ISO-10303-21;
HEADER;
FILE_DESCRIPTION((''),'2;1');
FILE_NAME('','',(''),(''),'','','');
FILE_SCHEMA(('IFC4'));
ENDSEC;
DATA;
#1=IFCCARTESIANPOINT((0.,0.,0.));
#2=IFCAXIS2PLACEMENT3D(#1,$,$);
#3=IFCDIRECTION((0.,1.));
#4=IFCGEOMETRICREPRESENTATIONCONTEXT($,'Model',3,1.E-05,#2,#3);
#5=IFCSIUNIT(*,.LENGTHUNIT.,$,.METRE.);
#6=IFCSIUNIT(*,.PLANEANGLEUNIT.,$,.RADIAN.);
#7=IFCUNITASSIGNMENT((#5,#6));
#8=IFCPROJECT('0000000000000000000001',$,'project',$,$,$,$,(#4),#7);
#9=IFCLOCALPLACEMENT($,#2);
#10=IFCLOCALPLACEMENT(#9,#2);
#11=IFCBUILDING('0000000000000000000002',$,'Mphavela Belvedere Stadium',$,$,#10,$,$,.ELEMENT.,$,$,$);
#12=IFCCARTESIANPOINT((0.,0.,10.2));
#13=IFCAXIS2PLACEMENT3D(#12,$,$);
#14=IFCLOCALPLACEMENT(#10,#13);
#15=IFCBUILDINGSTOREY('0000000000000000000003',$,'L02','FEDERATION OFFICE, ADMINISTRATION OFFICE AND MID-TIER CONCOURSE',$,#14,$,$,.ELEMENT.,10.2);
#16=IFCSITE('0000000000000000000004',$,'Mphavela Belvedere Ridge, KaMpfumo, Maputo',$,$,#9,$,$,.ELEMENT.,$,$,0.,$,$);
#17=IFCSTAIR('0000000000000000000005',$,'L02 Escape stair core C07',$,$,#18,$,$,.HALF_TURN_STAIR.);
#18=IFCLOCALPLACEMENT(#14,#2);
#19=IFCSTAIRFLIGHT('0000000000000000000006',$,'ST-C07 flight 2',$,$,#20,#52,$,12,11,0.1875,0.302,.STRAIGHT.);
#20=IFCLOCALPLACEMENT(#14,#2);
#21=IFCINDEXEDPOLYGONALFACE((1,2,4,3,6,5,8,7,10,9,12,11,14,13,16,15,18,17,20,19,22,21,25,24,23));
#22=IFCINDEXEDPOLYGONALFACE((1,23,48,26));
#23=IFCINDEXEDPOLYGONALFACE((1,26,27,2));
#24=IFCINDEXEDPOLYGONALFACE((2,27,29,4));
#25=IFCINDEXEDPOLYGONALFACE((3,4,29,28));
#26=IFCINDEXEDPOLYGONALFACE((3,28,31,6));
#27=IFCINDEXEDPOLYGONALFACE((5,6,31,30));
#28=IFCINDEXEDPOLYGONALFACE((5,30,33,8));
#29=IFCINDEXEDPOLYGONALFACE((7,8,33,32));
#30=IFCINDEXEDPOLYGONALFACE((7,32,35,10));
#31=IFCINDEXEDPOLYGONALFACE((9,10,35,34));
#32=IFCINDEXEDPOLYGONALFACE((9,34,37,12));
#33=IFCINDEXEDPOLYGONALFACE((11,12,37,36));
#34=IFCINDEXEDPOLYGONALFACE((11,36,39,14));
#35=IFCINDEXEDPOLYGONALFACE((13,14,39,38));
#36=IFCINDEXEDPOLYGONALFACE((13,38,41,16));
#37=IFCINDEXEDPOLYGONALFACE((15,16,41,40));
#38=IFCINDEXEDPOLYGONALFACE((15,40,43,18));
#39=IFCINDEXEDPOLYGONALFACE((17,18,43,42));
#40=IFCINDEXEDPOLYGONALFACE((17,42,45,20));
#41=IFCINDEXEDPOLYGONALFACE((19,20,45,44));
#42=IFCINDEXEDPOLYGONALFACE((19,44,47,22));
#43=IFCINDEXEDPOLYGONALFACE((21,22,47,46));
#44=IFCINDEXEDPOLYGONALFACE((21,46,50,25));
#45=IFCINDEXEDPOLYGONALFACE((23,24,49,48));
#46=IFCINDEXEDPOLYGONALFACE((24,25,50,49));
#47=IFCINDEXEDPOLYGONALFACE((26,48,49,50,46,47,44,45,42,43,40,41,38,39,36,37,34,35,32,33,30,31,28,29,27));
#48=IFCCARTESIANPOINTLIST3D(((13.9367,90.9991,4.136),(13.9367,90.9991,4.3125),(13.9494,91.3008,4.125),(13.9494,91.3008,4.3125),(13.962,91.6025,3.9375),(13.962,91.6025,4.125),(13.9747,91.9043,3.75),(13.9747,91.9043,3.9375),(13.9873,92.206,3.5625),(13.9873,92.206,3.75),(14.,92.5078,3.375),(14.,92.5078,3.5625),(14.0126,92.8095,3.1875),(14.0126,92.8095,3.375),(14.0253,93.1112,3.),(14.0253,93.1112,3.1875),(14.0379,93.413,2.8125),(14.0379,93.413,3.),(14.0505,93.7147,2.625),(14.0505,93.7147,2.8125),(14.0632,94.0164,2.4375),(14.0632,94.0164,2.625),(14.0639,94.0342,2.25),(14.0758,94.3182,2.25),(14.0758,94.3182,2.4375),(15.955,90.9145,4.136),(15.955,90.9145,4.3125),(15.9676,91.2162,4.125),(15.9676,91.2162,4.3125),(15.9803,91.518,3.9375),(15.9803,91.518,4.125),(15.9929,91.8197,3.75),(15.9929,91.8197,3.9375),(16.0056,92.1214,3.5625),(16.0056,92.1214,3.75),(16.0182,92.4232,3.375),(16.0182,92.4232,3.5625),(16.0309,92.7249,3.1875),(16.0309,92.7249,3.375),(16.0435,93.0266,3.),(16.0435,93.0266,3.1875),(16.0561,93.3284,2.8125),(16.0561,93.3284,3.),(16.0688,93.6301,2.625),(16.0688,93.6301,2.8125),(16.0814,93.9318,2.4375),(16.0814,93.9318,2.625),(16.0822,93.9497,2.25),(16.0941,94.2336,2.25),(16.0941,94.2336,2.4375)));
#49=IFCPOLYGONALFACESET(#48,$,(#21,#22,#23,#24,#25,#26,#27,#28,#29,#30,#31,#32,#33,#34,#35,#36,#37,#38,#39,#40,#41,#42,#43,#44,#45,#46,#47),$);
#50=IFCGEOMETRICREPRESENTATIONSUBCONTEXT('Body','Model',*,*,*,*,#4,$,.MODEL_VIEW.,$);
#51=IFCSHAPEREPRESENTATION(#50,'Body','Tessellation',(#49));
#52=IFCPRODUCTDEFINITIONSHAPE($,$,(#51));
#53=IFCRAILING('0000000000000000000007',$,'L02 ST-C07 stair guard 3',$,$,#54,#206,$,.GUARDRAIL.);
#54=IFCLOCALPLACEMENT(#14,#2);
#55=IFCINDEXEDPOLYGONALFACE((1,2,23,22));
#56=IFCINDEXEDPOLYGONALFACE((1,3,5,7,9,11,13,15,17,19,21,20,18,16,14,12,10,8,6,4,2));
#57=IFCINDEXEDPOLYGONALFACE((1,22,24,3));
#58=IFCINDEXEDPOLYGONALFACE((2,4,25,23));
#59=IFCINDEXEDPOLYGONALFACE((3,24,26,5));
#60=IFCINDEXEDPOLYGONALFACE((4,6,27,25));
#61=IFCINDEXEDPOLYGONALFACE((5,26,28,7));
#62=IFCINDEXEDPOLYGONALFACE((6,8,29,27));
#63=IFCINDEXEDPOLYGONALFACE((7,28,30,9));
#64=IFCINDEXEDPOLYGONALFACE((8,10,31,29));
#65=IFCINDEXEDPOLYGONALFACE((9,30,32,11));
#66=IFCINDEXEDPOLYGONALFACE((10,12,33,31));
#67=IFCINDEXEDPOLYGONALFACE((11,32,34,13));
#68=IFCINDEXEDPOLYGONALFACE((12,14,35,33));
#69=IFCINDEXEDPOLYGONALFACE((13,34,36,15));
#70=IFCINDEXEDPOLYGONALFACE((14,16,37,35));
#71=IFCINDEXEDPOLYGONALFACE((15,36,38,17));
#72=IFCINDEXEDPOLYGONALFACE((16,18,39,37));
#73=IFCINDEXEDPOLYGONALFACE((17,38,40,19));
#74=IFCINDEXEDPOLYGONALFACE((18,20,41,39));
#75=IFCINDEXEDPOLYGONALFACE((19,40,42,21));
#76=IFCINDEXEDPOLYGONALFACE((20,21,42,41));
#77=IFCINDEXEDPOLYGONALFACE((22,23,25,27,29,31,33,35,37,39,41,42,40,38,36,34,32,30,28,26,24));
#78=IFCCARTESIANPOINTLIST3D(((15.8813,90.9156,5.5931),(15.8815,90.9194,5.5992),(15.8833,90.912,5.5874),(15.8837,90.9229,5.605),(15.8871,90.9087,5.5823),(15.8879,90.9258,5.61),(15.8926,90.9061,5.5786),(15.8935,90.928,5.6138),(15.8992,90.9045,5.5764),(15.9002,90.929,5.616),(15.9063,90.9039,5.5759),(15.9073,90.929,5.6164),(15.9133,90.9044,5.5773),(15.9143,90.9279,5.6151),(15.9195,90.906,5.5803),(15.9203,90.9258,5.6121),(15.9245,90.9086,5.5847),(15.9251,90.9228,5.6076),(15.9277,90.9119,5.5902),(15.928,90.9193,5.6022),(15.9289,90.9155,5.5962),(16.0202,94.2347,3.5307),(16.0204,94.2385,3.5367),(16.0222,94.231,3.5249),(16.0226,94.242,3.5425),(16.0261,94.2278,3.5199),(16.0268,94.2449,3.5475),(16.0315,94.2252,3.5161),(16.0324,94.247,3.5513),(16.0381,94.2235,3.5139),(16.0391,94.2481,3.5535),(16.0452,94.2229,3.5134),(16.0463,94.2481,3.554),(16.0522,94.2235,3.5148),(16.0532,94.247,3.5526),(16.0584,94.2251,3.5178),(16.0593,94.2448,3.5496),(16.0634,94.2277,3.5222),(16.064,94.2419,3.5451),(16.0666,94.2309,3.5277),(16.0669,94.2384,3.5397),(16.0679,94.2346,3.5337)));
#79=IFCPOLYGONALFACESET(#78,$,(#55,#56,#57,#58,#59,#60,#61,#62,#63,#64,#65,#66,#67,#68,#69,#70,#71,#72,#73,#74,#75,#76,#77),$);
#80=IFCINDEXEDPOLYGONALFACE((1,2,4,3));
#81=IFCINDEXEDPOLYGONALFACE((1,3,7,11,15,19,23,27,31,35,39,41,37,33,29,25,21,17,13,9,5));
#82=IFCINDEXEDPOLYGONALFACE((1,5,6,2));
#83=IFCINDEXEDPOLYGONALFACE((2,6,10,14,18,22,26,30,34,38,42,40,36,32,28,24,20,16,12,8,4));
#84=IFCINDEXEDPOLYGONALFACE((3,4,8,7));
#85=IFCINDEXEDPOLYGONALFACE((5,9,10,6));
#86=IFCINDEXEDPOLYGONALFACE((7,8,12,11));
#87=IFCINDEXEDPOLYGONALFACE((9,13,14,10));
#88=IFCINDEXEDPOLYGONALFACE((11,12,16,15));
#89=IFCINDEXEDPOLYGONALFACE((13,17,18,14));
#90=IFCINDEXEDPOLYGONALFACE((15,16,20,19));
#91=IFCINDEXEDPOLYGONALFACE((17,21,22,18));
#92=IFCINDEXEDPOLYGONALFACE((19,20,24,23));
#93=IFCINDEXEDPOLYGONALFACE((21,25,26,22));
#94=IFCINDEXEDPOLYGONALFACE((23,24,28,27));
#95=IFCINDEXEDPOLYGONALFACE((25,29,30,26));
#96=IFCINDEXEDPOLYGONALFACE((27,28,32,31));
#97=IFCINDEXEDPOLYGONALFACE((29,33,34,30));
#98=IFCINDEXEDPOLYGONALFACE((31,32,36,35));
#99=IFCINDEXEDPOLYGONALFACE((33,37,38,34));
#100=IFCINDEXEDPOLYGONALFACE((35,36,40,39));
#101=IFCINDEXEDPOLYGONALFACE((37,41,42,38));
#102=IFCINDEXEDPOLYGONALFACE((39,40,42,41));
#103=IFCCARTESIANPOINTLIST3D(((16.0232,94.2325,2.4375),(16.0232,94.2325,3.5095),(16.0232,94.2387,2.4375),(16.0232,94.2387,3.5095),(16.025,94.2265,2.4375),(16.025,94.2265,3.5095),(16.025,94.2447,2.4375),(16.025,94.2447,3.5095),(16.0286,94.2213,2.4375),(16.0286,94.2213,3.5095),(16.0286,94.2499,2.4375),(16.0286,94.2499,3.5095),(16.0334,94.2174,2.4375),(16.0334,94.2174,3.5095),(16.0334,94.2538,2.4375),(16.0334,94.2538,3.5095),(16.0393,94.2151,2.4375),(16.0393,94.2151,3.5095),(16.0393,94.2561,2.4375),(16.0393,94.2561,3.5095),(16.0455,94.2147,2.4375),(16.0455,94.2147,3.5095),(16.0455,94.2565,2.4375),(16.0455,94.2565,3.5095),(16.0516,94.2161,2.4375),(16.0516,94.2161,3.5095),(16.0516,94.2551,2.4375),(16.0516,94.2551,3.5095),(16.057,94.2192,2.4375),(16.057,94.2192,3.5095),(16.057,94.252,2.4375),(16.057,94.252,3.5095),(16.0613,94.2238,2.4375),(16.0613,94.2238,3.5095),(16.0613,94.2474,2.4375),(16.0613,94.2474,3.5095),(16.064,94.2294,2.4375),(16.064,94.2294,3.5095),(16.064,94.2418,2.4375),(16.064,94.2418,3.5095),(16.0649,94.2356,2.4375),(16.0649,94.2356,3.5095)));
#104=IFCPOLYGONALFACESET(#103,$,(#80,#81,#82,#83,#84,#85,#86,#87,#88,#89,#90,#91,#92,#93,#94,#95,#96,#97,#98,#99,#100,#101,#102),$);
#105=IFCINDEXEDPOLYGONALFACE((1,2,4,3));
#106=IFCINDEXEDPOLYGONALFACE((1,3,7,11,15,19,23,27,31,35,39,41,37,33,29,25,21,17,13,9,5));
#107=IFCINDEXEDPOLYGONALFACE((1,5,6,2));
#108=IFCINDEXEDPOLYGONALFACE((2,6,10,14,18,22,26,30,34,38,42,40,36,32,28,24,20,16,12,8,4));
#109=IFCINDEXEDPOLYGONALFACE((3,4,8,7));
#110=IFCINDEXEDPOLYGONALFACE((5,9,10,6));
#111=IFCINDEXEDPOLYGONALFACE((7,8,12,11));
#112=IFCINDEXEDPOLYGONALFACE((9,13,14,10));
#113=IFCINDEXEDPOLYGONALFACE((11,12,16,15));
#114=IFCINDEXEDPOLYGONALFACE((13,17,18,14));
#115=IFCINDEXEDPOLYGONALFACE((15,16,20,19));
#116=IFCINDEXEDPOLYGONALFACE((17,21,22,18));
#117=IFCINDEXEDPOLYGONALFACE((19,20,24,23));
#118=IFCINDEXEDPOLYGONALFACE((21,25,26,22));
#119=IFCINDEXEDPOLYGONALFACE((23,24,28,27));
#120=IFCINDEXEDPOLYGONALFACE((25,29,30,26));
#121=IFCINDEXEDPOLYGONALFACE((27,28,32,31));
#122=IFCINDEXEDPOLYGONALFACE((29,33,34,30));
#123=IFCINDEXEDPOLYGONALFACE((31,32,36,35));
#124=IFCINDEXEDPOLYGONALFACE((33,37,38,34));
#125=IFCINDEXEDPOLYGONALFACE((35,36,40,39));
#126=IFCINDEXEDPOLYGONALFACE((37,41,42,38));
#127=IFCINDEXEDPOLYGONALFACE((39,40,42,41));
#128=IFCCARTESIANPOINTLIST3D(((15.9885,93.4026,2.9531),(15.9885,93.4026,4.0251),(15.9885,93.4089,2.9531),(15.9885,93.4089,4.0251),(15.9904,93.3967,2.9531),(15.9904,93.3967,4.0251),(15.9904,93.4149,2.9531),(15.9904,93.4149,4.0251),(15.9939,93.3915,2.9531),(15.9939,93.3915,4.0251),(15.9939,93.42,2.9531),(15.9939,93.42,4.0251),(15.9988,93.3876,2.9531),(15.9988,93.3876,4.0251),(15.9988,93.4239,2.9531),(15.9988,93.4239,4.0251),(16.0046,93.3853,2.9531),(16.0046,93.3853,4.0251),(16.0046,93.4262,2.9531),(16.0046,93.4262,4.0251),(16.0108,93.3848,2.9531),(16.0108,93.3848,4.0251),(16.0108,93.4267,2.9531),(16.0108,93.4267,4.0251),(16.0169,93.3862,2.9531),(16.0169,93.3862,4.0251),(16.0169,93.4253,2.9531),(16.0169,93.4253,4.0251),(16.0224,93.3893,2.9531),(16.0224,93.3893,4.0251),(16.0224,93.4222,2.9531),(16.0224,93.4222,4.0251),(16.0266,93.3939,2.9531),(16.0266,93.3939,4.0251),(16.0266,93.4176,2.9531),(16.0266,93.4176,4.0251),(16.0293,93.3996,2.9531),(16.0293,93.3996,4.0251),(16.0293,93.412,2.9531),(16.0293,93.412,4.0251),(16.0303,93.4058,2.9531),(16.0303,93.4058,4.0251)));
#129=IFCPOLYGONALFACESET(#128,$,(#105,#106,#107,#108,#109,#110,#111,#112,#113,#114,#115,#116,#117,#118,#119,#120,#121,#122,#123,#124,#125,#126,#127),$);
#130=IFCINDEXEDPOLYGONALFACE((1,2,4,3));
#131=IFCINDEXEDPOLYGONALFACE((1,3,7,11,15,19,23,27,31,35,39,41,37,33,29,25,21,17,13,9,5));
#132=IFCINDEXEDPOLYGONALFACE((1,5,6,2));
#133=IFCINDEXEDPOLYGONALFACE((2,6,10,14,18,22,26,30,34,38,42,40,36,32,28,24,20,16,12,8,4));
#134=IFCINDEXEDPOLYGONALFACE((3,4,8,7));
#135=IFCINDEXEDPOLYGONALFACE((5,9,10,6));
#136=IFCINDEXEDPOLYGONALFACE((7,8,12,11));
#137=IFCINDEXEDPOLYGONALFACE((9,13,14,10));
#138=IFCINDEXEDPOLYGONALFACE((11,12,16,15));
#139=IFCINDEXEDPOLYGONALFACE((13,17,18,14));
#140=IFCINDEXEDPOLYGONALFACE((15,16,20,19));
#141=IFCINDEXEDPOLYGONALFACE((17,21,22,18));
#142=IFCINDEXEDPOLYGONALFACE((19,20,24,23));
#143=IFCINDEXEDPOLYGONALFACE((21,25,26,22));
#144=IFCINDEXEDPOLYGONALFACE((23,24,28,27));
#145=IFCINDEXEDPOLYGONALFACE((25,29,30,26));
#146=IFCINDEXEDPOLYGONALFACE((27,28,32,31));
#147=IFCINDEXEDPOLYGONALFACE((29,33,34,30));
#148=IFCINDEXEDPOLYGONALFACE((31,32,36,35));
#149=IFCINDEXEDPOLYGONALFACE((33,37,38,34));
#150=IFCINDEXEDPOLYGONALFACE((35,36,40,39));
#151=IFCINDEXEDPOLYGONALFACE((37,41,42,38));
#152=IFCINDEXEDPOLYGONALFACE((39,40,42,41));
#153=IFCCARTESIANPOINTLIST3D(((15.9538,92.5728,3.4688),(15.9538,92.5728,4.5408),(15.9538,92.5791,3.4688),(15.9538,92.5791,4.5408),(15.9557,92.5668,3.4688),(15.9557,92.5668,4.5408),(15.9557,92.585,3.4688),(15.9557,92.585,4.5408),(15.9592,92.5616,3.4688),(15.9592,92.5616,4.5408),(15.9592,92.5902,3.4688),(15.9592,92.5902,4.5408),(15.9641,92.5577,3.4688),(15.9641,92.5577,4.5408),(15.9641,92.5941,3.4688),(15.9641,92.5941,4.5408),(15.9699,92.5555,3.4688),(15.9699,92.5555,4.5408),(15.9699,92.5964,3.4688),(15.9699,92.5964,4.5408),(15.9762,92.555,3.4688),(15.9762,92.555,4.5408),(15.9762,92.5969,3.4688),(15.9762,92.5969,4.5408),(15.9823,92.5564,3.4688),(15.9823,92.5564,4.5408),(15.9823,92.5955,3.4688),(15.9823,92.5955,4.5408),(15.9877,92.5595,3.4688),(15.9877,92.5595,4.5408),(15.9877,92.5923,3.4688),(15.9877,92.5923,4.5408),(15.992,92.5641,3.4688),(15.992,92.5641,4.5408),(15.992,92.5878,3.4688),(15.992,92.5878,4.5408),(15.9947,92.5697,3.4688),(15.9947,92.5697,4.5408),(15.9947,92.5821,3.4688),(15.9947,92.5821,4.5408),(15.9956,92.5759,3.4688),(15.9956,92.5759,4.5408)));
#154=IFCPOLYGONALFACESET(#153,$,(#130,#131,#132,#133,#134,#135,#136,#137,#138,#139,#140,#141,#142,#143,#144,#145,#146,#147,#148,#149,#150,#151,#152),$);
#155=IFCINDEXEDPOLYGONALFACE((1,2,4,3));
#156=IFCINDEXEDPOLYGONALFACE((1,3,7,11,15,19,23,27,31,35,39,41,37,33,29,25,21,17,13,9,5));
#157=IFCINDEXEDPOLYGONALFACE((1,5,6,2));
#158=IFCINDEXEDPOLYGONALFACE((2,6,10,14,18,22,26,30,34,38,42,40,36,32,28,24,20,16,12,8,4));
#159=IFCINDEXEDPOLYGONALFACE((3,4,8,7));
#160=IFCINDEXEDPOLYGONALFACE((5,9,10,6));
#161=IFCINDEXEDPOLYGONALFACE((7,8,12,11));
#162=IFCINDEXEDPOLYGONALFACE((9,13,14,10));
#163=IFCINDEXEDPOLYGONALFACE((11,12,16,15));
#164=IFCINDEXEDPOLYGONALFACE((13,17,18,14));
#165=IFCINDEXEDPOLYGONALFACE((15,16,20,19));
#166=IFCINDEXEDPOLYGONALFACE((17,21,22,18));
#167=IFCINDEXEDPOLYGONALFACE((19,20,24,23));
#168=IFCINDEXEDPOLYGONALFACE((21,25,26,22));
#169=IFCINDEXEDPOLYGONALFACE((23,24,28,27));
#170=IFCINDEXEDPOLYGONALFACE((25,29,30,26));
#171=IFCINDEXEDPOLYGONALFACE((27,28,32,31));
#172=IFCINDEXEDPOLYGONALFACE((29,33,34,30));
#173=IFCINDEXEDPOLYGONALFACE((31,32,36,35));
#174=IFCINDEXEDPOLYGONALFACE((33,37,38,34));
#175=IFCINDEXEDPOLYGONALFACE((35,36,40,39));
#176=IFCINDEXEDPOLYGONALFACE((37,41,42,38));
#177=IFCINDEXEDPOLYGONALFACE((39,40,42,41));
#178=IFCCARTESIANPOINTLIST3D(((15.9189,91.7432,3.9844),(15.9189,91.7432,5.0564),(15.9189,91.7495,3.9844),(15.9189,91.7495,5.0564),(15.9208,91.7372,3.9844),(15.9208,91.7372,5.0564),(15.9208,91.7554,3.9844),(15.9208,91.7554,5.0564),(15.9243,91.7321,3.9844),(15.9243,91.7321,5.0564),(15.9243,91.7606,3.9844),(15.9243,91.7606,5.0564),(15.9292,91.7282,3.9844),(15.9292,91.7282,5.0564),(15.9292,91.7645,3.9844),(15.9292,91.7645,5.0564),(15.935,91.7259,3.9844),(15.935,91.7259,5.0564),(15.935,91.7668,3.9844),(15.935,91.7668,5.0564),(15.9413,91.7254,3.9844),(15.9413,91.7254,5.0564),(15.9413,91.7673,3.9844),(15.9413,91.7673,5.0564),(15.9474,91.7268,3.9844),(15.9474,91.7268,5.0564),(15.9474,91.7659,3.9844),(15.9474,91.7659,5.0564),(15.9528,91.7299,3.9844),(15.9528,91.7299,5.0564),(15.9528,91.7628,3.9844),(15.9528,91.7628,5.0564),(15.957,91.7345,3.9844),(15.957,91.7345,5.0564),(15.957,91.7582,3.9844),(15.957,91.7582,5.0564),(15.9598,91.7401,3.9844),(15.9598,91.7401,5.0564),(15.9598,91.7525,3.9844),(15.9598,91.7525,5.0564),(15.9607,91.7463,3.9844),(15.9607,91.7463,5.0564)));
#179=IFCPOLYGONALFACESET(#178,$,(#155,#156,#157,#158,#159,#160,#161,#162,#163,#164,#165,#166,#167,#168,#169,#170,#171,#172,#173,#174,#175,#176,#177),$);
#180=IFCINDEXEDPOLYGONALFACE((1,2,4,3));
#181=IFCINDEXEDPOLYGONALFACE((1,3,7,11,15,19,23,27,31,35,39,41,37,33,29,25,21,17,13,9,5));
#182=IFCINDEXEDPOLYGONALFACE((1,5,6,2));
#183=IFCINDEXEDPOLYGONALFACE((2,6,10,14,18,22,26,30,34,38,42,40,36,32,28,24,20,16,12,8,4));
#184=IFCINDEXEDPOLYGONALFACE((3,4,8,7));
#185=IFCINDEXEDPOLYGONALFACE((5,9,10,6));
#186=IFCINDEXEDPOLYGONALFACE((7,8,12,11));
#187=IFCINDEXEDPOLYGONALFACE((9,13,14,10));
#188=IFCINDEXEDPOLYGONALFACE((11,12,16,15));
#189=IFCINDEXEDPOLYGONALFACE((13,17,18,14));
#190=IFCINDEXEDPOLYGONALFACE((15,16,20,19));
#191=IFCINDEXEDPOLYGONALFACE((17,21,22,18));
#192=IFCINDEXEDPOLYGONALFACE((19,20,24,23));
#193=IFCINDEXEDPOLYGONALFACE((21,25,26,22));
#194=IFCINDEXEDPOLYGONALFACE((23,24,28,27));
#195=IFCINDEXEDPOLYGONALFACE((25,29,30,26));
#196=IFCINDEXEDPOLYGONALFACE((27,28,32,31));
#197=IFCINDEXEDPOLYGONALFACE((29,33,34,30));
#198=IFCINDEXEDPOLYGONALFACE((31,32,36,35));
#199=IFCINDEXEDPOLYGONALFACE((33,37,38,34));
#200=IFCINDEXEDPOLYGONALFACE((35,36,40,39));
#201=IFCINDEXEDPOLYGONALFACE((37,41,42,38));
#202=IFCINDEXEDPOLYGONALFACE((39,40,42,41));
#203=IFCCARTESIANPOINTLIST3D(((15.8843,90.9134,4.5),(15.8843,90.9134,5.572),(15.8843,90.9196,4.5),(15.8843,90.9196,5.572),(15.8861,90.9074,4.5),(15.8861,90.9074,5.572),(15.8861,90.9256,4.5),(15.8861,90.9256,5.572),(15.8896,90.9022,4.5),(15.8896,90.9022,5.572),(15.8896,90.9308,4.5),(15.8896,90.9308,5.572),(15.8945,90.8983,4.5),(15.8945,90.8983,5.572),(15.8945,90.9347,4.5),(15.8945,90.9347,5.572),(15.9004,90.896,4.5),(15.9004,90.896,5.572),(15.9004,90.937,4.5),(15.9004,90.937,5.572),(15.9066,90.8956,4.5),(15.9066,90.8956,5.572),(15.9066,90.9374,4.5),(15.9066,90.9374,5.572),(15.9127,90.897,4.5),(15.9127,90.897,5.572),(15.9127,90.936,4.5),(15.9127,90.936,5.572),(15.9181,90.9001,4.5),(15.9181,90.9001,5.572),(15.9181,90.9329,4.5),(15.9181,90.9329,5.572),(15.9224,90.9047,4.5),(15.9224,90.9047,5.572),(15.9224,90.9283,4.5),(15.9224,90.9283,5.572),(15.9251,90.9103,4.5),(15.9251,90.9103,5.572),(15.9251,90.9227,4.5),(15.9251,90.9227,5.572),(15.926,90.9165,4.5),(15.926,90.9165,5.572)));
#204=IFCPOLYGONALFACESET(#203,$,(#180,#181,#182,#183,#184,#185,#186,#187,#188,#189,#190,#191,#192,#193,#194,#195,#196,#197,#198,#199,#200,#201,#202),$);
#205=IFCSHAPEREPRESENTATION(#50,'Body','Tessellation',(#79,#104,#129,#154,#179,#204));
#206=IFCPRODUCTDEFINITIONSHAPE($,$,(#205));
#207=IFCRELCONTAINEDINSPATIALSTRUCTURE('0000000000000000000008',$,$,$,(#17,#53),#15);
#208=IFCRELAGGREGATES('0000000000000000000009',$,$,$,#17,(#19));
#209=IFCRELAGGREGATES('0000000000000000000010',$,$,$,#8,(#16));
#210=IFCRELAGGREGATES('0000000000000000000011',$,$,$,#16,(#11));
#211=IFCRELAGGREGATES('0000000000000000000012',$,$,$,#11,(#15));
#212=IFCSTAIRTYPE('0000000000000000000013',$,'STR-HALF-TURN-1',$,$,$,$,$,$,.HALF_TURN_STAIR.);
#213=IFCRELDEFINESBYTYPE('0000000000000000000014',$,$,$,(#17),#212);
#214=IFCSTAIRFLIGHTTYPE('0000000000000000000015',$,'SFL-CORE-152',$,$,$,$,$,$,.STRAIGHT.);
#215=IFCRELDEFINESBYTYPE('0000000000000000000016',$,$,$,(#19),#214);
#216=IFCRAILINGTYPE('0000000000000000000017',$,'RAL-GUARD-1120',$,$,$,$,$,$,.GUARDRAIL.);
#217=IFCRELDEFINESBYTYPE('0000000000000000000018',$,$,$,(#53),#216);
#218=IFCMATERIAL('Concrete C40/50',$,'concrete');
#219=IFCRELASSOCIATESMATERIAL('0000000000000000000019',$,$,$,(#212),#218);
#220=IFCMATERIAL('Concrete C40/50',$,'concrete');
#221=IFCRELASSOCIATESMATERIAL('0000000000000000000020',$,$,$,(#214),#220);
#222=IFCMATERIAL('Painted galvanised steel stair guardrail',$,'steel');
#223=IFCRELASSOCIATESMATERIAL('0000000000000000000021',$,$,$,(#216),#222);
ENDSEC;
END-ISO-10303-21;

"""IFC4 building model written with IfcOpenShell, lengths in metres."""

from ifc_helpers import new_model, si_unit, direction, frame, origin, origin_2d, place, context, subcontext, project, spatial, polyline, circle, outline, extrude, material, type_object, element, aggregate, save


model = new_model("IFC4")

# Units and contexts
model_context = context("Model", 3, precision=1e-05, world=origin(), true_north=direction((0.0, 1.0)))
body_context = subcontext(model_context, "Body", "Model", "MODEL_VIEW")
ifc_project = project(units=[si_unit("LENGTHUNIT", "METRE"), si_unit("PLANEANGLEUNIT", "RADIAN")], contexts=[model_context])

# Site, building, storey
site_placement = place(None, origin())
site = spatial("IfcSite", under=ifc_project, at=site_placement, Name="Mphavela Belvedere Ridge, KaMpfumo, Maputo", CompositionType="ELEMENT", RefElevation=0.0)
building_placement = place(site_placement, origin())
building = spatial("IfcBuilding", under=site, at=building_placement, Name="Mphavela Belvedere Stadium", CompositionType="ELEMENT")
storey_placement = place(building_placement, frame((0.0, 0.0, 10.2)))
storey = spatial("IfcBuildingStorey", under=building, at=storey_placement, Name="L02", Description="FEDERATION OFFICE, ADMINISTRATION OFFICE AND MID-TIER CONCOURSE", CompositionType="ELEMENT", Elevation=10.2)

# Stair, stair flight
ifc_material_1 = material(Name="Concrete C40/50", Category="concrete")
stair_type = type_object("IfcStairType", Name="STR-HALF-TURN-1", PredefinedType="HALF_TURN_STAIR", material=ifc_material_1)
stair_placement = place(storey_placement, origin())
stair = element("IfcStair", 1, at=stair_placement, inside=storey, type_object=stair_type, Name="L02 Escape stair core C07", PredefinedType="HALF_TURN_STAIR")
ifc_material_2 = material(Name="Concrete C40/50", Category="concrete")
stair_flight_type = type_object("IfcStairFlightType", Name="SFL-CORE-152", PredefinedType="STRAIGHT", material=ifc_material_2)
stair_flight_placement = place(storey_placement, frame((15.085, 94.2759, 2.25), z_axis=(0.0, 0.0, 1.0), x_axis=(-0.041876, -0.999123, 0.0)))
stair_flight = element("IfcStairFlight", 2, at=stair_flight_placement, type_object=stair_flight_type, Name="ST-C07 flight 2", NumberOfRisers=12, NumberOfTreads=11, PredefinedType="STRAIGHT", RiserHeight=0.1875, TreadLength=0.302, context=body_context, shape_type="SweptSolid", body=[
    extrude(outline(polyline([(0.0, 0.0), (0.0, 0.1875), (0.302, 0.1875), (0.302, 0.375), (0.604, 0.375), (0.604, 0.5625), (0.906, 0.5625), (0.906, 0.75), (1.208, 0.75), (1.208, 0.9375), (1.51, 0.9375), (1.51, 1.125), (1.812, 1.125), (1.812, 1.3125), (2.114, 1.3125), (2.114, 1.5), (2.416, 1.5), (2.416, 1.6875), (2.718, 1.6875), (2.718, 1.875), (3.02, 1.875), (3.02, 2.0625), (3.322, 2.0625), (3.322, 2.25), (3.322, 1.886), (0.2842, 0.0), (0.0, 0.0)])), frame((0.0, 1.01, 0.0), z_axis=(0.0, -1.0, 0.0), x_axis=(1.0, 0.0, 0.0)), (0.0, 0.0, 1.0), 2.02),
])
aggregate(stair, [stair_flight])

# Railing
ifc_material_3 = material(Name="Painted galvanised steel stair guardrail", Category="steel")
railing_type_1 = type_object("IfcRailingType", Name="RAL-GUARD-1120", PredefinedType="GUARDRAIL", material=ifc_material_3)
railing_1_placement = place(storey_placement, frame((16.0439, 94.2356, 2.4375)))
element("IfcRailing", 3, at=railing_1_placement, inside=storey, type_object=railing_type_1, Name="L02 ST-C07 stair guard 3", PredefinedType="GUARDRAIL", context=body_context, shape_type="SweptSolid", body=[
    extrude(circle(Radius=0.0239, at=origin_2d()), frame((0.0, 0.0, 1.0962), z_axis=(-0.035527, -0.848832, 0.527468), x_axis=(0.999125, -0.041817, 0.0)), (0.0, 0.0, 1.0), 3.9102),
    extrude(circle(Radius=0.021, at=origin_2d()), origin(), (0.0, 0.0, 1.0), 1.072),
    extrude(circle(Radius=0.021, at=origin_2d()), frame((-0.0347, -0.8298, 0.5156)), (0.0, 0.0, 1.0), 1.072),
    extrude(circle(Radius=0.021, at=origin_2d()), frame((-0.0693, -1.6597, 1.0312)), (0.0, 0.0, 1.0), 1.072),
    extrude(circle(Radius=0.021, at=origin_2d()), frame((-0.1042, -2.4893, 1.5469)), (0.0, 0.0, 1.0), 1.072),
    extrude(circle(Radius=0.021, at=origin_2d()), frame((-0.1389, -3.3191, 2.0625)), (0.0, 0.0, 1.0), 1.072),
])

save(model, "model.ifc")
